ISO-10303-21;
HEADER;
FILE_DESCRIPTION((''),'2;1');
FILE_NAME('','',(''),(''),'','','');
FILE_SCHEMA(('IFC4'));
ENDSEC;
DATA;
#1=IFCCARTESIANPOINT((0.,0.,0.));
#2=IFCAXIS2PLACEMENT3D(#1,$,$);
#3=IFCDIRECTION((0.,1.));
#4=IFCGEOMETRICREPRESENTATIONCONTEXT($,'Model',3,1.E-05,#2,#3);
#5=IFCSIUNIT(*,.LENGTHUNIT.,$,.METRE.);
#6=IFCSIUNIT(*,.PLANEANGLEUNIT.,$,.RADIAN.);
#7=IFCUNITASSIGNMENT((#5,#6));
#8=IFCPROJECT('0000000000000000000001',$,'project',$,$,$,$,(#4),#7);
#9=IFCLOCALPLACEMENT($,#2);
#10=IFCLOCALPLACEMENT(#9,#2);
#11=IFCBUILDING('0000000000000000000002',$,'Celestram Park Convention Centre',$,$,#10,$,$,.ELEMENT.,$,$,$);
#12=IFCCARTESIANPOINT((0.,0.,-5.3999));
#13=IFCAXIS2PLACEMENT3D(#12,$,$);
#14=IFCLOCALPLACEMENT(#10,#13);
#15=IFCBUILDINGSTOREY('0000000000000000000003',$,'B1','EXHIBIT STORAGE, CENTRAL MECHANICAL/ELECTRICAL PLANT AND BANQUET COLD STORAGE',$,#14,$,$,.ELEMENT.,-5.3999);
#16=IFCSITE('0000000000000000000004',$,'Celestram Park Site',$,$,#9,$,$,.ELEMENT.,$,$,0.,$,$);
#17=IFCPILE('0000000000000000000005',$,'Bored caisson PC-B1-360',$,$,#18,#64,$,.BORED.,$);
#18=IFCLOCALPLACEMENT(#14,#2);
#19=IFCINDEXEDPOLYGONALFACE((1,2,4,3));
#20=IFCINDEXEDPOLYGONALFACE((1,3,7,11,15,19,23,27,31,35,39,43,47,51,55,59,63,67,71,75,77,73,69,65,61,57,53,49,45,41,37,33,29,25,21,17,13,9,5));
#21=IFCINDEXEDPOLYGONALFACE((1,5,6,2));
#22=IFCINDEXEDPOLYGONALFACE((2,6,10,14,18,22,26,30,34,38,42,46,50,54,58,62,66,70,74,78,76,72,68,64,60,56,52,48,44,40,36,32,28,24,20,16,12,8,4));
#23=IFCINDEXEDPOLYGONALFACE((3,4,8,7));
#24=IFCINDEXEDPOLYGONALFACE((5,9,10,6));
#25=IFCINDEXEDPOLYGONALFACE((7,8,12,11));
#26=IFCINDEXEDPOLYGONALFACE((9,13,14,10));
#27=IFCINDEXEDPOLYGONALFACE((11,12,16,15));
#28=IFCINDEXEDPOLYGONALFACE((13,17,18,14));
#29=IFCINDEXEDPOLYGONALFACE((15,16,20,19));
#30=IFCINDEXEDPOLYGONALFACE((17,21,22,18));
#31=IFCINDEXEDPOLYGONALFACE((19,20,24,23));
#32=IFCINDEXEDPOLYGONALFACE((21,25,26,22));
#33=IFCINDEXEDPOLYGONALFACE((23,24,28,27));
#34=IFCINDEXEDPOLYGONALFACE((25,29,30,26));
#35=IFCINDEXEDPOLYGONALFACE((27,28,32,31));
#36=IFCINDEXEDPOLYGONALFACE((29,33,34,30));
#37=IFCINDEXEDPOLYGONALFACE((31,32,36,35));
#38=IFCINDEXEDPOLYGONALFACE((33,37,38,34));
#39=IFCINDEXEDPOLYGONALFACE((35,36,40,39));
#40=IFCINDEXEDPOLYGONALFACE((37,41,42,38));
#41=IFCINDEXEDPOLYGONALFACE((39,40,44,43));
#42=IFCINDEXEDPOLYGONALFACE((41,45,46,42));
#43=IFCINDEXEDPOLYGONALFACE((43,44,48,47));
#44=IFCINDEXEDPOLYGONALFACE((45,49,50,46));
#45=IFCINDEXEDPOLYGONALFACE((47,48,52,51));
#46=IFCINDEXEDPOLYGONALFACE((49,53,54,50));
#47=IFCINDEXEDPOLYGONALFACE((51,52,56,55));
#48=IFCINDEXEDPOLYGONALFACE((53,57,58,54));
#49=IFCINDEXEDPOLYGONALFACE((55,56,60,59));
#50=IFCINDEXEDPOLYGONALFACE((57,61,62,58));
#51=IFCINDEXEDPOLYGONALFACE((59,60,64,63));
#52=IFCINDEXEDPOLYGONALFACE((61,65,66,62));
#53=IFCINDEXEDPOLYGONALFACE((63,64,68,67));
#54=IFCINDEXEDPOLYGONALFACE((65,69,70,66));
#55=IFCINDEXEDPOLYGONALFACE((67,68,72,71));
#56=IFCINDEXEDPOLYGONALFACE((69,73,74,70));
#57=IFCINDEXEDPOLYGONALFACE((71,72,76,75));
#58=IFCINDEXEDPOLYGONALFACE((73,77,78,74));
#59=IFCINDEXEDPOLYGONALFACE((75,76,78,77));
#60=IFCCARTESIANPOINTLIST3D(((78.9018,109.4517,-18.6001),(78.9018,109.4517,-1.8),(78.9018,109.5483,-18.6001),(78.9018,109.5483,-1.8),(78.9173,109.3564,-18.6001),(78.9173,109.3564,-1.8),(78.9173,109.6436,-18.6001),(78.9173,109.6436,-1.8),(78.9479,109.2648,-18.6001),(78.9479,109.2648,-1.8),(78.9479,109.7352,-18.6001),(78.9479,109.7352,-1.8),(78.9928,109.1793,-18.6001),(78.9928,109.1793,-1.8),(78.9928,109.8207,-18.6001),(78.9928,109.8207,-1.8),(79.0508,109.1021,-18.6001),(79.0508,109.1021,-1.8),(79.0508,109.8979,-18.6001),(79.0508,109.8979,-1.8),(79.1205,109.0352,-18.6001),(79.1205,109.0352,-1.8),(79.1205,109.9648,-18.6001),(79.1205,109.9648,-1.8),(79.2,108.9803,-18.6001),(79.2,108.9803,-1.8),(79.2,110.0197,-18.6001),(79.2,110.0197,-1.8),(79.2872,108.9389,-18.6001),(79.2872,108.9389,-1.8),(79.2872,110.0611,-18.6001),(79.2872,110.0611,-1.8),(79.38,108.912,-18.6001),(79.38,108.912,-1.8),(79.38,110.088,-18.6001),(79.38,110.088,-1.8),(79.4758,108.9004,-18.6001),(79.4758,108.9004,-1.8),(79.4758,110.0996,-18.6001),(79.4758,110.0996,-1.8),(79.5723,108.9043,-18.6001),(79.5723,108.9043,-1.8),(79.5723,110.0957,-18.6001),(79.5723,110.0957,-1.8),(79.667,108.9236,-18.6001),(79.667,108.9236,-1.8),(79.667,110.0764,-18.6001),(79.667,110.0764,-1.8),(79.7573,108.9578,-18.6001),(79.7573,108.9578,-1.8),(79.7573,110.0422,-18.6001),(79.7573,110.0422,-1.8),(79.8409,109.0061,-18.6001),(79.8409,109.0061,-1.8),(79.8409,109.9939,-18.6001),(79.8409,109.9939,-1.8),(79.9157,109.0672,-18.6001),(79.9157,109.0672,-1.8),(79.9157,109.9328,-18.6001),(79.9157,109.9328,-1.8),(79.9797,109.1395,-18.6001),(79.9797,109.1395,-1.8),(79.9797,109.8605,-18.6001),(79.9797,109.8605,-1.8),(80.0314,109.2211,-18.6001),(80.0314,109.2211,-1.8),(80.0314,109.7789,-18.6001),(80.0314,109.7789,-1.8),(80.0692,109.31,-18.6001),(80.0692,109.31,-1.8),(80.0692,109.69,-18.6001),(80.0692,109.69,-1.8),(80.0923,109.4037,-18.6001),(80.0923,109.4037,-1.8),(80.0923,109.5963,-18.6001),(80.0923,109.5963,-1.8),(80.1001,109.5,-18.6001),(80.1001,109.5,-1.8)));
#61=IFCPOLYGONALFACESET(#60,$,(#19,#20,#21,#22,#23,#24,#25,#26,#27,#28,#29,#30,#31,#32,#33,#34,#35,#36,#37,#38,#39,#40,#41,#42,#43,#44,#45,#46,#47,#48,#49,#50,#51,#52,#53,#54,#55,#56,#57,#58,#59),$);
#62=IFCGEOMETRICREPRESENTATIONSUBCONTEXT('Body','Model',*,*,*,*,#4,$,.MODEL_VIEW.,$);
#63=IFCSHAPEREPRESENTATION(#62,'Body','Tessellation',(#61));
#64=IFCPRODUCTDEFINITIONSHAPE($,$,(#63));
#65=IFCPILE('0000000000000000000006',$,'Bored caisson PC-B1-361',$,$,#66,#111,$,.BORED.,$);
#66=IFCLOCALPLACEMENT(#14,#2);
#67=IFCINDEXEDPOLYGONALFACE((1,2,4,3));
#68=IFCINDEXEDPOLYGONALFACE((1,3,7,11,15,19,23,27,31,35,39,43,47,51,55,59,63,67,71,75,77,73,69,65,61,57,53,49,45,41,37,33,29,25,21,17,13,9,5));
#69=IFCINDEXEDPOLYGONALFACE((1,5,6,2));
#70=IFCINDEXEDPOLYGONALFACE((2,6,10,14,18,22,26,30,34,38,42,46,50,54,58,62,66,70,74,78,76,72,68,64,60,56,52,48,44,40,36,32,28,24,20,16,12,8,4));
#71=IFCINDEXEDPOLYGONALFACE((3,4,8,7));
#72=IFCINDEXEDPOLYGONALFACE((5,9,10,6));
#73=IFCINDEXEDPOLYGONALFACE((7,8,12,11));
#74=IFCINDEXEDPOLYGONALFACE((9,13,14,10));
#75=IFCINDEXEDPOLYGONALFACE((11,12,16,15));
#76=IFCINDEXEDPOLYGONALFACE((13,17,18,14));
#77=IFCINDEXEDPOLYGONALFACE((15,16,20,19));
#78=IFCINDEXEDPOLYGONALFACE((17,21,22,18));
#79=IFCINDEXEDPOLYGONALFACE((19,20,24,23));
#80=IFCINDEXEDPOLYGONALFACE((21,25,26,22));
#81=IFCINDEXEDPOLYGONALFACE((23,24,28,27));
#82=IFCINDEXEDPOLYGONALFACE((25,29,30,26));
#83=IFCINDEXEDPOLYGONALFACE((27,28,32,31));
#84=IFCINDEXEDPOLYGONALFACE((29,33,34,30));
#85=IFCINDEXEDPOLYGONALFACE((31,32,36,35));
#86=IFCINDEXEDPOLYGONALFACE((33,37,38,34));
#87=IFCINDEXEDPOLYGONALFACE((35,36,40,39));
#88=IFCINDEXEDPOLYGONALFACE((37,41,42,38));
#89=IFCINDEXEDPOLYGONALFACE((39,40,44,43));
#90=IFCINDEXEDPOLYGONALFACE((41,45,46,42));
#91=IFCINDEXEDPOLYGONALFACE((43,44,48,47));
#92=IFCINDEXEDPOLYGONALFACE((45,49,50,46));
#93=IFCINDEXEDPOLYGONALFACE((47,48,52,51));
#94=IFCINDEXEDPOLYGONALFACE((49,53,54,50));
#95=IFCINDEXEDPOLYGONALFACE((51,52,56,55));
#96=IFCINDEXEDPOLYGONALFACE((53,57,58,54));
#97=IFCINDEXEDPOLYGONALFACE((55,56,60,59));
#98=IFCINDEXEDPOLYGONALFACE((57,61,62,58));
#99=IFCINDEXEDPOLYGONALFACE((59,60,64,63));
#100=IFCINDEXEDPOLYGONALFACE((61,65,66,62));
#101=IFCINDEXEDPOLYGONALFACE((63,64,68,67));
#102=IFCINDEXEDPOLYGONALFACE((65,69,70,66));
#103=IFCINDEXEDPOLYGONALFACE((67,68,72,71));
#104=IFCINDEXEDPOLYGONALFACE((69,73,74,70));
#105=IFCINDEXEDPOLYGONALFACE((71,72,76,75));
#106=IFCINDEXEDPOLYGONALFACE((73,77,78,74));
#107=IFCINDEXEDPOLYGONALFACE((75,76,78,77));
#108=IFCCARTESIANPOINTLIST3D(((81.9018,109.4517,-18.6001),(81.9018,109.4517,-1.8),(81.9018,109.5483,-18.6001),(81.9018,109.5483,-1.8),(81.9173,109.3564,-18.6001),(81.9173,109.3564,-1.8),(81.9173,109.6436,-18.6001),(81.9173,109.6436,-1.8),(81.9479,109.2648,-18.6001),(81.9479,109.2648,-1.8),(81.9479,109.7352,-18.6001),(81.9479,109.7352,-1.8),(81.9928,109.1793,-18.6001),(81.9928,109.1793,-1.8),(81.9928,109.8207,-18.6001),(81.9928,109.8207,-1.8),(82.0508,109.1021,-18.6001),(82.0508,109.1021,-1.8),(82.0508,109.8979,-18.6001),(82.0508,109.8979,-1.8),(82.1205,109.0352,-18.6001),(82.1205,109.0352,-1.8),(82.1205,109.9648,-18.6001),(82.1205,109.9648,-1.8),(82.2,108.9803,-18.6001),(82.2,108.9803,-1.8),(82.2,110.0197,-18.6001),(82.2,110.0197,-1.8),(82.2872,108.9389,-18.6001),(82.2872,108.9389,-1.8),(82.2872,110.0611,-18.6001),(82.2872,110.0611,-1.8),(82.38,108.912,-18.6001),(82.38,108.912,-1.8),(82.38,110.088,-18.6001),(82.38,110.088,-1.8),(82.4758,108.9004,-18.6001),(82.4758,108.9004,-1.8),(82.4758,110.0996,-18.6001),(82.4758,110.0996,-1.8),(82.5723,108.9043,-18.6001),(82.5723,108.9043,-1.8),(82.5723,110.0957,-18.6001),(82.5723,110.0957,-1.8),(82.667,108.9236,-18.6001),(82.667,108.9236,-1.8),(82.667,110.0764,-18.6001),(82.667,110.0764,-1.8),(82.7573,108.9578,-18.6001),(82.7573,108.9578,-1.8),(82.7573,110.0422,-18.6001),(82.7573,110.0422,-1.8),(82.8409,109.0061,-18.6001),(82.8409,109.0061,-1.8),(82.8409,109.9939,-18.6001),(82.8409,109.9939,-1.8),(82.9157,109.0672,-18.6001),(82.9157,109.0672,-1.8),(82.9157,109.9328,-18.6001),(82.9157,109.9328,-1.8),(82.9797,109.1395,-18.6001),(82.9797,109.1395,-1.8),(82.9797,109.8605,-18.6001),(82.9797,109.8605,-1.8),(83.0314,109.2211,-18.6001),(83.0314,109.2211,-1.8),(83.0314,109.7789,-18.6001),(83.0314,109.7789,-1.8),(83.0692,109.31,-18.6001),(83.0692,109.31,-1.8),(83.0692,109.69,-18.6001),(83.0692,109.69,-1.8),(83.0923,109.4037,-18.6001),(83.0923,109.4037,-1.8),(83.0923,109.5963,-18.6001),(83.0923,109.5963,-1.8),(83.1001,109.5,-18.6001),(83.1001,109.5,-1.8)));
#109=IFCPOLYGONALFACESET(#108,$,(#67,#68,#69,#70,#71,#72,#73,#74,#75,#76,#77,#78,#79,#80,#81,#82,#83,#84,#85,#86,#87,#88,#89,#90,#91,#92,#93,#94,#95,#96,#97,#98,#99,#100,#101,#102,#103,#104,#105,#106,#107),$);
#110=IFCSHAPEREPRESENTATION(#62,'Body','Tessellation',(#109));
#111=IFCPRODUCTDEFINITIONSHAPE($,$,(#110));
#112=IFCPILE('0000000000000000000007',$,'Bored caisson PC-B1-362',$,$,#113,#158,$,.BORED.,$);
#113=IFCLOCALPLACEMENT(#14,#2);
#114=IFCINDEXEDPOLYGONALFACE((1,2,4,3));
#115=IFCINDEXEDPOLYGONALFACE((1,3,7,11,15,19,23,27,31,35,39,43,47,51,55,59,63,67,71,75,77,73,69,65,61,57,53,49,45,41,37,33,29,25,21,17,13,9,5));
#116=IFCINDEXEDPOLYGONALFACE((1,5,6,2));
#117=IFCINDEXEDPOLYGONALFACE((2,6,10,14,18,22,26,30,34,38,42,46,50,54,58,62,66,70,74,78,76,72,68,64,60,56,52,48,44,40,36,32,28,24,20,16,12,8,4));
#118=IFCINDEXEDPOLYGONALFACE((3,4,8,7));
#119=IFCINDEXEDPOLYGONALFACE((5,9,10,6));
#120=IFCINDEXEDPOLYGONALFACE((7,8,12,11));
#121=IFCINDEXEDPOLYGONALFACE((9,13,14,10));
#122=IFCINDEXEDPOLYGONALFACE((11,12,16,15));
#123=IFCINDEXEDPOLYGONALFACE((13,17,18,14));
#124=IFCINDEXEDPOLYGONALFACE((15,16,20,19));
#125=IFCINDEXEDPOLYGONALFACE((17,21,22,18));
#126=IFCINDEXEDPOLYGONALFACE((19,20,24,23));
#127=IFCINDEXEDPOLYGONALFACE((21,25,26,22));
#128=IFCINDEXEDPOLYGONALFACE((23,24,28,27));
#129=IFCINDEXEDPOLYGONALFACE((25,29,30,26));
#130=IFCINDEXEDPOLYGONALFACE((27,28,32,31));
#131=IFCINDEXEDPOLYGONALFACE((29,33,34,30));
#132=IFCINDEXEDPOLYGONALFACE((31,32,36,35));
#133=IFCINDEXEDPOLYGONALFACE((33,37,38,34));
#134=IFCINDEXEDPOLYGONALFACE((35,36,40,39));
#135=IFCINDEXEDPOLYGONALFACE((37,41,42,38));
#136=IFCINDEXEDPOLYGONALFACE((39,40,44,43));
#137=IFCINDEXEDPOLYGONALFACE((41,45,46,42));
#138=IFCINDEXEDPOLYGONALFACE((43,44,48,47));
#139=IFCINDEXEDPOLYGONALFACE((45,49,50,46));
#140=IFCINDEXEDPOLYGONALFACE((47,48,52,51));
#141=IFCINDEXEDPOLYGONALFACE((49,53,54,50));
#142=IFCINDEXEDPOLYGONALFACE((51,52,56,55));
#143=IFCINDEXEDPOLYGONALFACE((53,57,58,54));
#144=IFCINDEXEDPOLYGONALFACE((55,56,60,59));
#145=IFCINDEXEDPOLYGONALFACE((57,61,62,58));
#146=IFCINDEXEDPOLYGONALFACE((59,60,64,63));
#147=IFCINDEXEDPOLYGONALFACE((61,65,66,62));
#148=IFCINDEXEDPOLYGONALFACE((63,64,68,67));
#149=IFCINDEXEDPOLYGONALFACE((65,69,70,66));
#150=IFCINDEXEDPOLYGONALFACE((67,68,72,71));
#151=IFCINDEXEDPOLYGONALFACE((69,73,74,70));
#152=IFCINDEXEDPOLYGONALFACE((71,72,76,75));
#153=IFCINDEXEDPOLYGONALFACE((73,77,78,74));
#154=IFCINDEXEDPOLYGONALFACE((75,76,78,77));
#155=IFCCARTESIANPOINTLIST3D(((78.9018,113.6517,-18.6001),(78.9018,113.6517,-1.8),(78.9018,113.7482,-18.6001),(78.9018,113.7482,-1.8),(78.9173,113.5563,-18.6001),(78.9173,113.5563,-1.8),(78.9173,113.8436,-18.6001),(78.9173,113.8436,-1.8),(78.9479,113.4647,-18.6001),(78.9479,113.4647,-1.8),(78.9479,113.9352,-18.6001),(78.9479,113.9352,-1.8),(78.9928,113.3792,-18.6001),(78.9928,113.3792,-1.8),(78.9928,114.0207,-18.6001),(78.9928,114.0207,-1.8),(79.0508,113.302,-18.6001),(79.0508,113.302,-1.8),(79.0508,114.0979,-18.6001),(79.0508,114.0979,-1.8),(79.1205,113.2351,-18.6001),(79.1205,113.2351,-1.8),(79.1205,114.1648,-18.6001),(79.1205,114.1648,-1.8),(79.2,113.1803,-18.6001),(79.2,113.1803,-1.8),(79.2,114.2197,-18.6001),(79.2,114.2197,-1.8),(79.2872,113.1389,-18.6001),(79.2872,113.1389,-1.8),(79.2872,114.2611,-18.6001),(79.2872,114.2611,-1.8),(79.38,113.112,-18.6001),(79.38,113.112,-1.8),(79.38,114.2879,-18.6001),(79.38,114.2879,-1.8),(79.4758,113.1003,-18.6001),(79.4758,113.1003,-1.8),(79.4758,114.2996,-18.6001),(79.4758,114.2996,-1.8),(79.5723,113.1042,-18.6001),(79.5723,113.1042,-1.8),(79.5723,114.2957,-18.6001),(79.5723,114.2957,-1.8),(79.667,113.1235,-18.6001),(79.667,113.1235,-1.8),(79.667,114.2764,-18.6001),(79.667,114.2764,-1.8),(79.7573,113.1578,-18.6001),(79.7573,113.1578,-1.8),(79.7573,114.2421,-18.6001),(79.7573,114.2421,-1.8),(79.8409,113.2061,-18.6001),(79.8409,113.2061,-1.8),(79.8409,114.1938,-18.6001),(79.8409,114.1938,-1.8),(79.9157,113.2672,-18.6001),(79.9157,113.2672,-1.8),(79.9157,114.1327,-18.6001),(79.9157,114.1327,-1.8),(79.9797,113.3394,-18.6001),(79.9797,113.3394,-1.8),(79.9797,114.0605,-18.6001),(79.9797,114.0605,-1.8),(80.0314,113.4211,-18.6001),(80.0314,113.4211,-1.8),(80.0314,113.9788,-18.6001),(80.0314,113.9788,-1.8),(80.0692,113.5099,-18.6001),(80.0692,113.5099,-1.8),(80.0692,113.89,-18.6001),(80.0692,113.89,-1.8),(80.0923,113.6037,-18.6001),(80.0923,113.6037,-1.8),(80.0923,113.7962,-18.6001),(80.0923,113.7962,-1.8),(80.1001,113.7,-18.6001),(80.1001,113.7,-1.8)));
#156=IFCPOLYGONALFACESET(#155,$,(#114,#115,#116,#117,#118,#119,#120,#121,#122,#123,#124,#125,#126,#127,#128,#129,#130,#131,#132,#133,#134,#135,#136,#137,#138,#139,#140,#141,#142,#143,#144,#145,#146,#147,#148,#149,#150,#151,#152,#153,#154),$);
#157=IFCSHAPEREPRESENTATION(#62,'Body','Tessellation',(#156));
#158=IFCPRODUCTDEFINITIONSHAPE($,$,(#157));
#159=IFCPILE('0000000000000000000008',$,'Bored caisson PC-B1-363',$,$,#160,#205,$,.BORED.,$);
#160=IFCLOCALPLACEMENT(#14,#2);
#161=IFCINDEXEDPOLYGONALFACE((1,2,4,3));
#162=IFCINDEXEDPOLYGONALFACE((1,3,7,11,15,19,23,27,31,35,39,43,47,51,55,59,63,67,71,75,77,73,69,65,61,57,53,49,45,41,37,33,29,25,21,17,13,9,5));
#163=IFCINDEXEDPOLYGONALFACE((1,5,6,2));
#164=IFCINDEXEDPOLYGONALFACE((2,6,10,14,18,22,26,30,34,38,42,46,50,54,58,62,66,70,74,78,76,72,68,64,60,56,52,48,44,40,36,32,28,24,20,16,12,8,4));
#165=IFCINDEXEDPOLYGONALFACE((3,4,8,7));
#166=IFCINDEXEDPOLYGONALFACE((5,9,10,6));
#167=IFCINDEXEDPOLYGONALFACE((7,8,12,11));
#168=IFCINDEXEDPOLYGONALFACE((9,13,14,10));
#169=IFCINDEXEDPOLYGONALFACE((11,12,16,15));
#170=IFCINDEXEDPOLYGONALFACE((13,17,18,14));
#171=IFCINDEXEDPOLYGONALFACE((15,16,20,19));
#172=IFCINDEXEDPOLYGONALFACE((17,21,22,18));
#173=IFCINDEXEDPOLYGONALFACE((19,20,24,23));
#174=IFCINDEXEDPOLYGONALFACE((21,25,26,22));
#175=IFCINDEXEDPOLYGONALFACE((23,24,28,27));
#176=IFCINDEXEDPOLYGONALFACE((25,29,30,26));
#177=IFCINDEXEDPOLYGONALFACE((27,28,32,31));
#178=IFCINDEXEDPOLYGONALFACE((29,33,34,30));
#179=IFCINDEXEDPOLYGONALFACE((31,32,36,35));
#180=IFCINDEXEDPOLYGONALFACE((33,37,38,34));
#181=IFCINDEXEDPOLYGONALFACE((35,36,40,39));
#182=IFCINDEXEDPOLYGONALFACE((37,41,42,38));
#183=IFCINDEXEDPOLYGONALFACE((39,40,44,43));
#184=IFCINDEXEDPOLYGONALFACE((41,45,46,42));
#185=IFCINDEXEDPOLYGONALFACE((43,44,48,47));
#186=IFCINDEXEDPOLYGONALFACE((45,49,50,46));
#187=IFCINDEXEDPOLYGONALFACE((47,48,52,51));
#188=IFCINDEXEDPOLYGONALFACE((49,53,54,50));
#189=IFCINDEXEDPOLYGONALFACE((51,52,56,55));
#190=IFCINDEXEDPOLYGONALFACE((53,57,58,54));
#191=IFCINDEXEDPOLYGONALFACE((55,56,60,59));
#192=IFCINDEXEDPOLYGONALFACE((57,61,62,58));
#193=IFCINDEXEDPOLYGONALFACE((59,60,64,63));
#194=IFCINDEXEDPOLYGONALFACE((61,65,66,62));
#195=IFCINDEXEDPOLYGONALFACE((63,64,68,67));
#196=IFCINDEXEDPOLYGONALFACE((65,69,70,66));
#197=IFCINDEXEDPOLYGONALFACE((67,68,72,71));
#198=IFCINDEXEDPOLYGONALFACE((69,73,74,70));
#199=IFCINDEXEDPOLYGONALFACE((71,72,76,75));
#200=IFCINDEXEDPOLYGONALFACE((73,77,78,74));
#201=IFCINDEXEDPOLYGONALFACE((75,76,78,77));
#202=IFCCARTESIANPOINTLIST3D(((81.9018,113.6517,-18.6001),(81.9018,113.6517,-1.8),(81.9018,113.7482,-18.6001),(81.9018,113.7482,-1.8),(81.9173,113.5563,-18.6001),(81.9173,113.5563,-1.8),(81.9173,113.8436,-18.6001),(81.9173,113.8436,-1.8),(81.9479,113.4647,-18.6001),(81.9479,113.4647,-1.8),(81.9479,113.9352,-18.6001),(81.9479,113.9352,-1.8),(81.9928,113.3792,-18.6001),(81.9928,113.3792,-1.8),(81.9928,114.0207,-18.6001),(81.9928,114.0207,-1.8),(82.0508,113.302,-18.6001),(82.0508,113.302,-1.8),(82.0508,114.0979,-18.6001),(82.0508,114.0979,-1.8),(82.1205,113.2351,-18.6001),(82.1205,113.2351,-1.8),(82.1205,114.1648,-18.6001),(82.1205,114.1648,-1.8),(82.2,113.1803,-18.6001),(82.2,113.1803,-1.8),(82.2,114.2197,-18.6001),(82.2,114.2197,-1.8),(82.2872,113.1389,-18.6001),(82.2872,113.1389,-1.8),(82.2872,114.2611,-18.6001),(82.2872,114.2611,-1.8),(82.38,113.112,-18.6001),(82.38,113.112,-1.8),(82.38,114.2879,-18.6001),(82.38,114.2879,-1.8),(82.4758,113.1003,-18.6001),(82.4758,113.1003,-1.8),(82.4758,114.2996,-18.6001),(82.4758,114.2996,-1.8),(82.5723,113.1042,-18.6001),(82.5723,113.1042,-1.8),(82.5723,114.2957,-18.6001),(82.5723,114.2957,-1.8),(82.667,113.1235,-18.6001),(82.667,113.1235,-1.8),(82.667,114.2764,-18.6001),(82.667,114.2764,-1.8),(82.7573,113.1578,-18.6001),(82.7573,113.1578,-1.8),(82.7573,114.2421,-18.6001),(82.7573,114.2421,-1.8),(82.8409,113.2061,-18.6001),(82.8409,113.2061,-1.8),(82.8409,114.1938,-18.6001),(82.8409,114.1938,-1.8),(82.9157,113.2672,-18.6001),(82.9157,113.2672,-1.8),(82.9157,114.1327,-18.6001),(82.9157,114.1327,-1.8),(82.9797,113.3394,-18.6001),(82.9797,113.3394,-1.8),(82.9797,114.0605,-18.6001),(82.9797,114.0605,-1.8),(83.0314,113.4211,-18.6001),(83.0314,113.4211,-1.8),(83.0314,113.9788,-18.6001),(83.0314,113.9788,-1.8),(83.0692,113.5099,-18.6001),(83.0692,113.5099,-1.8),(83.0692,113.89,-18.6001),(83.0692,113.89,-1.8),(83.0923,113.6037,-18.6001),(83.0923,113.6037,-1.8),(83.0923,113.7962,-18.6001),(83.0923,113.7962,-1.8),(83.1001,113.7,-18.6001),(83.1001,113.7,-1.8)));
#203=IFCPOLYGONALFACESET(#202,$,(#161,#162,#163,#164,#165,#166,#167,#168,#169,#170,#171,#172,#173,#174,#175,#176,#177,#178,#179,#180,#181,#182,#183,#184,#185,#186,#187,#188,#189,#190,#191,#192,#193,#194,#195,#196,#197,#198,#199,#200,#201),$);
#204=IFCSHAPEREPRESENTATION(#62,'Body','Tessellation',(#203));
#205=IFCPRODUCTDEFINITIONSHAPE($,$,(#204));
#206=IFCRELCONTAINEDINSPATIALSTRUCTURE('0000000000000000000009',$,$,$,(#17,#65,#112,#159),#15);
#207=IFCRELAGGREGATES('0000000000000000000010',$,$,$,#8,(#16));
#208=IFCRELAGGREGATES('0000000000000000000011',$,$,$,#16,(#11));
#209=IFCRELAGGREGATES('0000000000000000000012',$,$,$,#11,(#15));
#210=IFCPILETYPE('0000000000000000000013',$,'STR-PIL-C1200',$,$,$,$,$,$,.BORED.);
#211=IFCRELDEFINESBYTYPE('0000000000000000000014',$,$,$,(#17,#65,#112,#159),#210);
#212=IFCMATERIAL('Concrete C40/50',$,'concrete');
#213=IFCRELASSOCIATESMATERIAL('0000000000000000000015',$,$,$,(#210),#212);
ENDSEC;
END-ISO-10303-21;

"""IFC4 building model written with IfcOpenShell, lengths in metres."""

from ifc_helpers import new_model, si_unit, direction, frame, origin, origin_2d, place, context, subcontext, project, spatial, circle, extrude, material, material_profile, profile_set, type_object, element, save


model = new_model("IFC4")

# Units and contexts
model_context = context("Model", 3, precision=1e-05, world=origin(), true_north=direction((0.0, 1.0)))
body_context = subcontext(model_context, "Body", "Model", "MODEL_VIEW")
ifc_project = project(units=[si_unit("LENGTHUNIT", "METRE"), si_unit("PLANEANGLEUNIT", "RADIAN")], contexts=[model_context])

# Site, building, storey
site_placement = place(None, origin())
site = spatial("IfcSite", under=ifc_project, at=site_placement, Name="Celestram Park Site", CompositionType="ELEMENT", RefElevation=0.0)
building_placement = place(site_placement, origin())
building = spatial("IfcBuilding", under=site, at=building_placement, Name="Celestram Park Convention Centre", CompositionType="ELEMENT")
storey_placement = place(building_placement, frame((0.0, 0.0, -5.3999)))
storey = spatial("IfcBuildingStorey", under=building, at=storey_placement, Name="B1", Description="EXHIBIT STORAGE, CENTRAL MECHANICAL/ELECTRICAL PLANT AND BANQUET COLD STORAGE", CompositionType="ELEMENT", Elevation=-5.3999)

# Shared definitions
ifc_material_1 = material(Name="Concrete C40/50", Category="concrete")

# Piles
ifc_material_profile_1 = material_profile(ifc_material_1, circle(Radius=0.6001, at=origin_2d()), Name="CAISSON1200")
ifc_profile_set_1 = profile_set([ifc_material_profile_1], Name="Concrete C40/50")
pile_type = type_object("IfcPileType", Name="STR-PIL-C1200", PredefinedType="BORED", material=ifc_profile_set_1)
for number, where, z_axis, x_axis, name in (
    (1, (79.5, 109.5, -1.8), (0.0, 0.0, -1.0), (1.0, 0.0, 0.0), "Bored caisson PC-B1-360"),
    (2, (82.5, 109.5, -1.8), (0.0, 0.0, -1.0), (1.0, 0.0, 0.0), "Bored caisson PC-B1-361"),
    (3, (79.5, 113.7, -1.8), (0.0, 0.0, -1.0), (1.0, 0.0, 0.0), "Bored caisson PC-B1-362"),
    (4, (82.5, 113.7, -1.8), (0.0, 0.0, -1.0), (1.0, 0.0, 0.0), "Bored caisson PC-B1-363"),
):
    element("IfcPile", number, at=place(storey_placement, frame(where, z_axis=z_axis, x_axis=x_axis)), inside=storey, type_object=pile_type, Name=name, PredefinedType="BORED", context=body_context, shape_type="SweptSolid", body=[
        extrude(circle(Radius=0.6001, at=origin_2d()), origin(), (0.0, 0.0, 1.0), 16.8),
    ])

save(model, "model.ifc")
